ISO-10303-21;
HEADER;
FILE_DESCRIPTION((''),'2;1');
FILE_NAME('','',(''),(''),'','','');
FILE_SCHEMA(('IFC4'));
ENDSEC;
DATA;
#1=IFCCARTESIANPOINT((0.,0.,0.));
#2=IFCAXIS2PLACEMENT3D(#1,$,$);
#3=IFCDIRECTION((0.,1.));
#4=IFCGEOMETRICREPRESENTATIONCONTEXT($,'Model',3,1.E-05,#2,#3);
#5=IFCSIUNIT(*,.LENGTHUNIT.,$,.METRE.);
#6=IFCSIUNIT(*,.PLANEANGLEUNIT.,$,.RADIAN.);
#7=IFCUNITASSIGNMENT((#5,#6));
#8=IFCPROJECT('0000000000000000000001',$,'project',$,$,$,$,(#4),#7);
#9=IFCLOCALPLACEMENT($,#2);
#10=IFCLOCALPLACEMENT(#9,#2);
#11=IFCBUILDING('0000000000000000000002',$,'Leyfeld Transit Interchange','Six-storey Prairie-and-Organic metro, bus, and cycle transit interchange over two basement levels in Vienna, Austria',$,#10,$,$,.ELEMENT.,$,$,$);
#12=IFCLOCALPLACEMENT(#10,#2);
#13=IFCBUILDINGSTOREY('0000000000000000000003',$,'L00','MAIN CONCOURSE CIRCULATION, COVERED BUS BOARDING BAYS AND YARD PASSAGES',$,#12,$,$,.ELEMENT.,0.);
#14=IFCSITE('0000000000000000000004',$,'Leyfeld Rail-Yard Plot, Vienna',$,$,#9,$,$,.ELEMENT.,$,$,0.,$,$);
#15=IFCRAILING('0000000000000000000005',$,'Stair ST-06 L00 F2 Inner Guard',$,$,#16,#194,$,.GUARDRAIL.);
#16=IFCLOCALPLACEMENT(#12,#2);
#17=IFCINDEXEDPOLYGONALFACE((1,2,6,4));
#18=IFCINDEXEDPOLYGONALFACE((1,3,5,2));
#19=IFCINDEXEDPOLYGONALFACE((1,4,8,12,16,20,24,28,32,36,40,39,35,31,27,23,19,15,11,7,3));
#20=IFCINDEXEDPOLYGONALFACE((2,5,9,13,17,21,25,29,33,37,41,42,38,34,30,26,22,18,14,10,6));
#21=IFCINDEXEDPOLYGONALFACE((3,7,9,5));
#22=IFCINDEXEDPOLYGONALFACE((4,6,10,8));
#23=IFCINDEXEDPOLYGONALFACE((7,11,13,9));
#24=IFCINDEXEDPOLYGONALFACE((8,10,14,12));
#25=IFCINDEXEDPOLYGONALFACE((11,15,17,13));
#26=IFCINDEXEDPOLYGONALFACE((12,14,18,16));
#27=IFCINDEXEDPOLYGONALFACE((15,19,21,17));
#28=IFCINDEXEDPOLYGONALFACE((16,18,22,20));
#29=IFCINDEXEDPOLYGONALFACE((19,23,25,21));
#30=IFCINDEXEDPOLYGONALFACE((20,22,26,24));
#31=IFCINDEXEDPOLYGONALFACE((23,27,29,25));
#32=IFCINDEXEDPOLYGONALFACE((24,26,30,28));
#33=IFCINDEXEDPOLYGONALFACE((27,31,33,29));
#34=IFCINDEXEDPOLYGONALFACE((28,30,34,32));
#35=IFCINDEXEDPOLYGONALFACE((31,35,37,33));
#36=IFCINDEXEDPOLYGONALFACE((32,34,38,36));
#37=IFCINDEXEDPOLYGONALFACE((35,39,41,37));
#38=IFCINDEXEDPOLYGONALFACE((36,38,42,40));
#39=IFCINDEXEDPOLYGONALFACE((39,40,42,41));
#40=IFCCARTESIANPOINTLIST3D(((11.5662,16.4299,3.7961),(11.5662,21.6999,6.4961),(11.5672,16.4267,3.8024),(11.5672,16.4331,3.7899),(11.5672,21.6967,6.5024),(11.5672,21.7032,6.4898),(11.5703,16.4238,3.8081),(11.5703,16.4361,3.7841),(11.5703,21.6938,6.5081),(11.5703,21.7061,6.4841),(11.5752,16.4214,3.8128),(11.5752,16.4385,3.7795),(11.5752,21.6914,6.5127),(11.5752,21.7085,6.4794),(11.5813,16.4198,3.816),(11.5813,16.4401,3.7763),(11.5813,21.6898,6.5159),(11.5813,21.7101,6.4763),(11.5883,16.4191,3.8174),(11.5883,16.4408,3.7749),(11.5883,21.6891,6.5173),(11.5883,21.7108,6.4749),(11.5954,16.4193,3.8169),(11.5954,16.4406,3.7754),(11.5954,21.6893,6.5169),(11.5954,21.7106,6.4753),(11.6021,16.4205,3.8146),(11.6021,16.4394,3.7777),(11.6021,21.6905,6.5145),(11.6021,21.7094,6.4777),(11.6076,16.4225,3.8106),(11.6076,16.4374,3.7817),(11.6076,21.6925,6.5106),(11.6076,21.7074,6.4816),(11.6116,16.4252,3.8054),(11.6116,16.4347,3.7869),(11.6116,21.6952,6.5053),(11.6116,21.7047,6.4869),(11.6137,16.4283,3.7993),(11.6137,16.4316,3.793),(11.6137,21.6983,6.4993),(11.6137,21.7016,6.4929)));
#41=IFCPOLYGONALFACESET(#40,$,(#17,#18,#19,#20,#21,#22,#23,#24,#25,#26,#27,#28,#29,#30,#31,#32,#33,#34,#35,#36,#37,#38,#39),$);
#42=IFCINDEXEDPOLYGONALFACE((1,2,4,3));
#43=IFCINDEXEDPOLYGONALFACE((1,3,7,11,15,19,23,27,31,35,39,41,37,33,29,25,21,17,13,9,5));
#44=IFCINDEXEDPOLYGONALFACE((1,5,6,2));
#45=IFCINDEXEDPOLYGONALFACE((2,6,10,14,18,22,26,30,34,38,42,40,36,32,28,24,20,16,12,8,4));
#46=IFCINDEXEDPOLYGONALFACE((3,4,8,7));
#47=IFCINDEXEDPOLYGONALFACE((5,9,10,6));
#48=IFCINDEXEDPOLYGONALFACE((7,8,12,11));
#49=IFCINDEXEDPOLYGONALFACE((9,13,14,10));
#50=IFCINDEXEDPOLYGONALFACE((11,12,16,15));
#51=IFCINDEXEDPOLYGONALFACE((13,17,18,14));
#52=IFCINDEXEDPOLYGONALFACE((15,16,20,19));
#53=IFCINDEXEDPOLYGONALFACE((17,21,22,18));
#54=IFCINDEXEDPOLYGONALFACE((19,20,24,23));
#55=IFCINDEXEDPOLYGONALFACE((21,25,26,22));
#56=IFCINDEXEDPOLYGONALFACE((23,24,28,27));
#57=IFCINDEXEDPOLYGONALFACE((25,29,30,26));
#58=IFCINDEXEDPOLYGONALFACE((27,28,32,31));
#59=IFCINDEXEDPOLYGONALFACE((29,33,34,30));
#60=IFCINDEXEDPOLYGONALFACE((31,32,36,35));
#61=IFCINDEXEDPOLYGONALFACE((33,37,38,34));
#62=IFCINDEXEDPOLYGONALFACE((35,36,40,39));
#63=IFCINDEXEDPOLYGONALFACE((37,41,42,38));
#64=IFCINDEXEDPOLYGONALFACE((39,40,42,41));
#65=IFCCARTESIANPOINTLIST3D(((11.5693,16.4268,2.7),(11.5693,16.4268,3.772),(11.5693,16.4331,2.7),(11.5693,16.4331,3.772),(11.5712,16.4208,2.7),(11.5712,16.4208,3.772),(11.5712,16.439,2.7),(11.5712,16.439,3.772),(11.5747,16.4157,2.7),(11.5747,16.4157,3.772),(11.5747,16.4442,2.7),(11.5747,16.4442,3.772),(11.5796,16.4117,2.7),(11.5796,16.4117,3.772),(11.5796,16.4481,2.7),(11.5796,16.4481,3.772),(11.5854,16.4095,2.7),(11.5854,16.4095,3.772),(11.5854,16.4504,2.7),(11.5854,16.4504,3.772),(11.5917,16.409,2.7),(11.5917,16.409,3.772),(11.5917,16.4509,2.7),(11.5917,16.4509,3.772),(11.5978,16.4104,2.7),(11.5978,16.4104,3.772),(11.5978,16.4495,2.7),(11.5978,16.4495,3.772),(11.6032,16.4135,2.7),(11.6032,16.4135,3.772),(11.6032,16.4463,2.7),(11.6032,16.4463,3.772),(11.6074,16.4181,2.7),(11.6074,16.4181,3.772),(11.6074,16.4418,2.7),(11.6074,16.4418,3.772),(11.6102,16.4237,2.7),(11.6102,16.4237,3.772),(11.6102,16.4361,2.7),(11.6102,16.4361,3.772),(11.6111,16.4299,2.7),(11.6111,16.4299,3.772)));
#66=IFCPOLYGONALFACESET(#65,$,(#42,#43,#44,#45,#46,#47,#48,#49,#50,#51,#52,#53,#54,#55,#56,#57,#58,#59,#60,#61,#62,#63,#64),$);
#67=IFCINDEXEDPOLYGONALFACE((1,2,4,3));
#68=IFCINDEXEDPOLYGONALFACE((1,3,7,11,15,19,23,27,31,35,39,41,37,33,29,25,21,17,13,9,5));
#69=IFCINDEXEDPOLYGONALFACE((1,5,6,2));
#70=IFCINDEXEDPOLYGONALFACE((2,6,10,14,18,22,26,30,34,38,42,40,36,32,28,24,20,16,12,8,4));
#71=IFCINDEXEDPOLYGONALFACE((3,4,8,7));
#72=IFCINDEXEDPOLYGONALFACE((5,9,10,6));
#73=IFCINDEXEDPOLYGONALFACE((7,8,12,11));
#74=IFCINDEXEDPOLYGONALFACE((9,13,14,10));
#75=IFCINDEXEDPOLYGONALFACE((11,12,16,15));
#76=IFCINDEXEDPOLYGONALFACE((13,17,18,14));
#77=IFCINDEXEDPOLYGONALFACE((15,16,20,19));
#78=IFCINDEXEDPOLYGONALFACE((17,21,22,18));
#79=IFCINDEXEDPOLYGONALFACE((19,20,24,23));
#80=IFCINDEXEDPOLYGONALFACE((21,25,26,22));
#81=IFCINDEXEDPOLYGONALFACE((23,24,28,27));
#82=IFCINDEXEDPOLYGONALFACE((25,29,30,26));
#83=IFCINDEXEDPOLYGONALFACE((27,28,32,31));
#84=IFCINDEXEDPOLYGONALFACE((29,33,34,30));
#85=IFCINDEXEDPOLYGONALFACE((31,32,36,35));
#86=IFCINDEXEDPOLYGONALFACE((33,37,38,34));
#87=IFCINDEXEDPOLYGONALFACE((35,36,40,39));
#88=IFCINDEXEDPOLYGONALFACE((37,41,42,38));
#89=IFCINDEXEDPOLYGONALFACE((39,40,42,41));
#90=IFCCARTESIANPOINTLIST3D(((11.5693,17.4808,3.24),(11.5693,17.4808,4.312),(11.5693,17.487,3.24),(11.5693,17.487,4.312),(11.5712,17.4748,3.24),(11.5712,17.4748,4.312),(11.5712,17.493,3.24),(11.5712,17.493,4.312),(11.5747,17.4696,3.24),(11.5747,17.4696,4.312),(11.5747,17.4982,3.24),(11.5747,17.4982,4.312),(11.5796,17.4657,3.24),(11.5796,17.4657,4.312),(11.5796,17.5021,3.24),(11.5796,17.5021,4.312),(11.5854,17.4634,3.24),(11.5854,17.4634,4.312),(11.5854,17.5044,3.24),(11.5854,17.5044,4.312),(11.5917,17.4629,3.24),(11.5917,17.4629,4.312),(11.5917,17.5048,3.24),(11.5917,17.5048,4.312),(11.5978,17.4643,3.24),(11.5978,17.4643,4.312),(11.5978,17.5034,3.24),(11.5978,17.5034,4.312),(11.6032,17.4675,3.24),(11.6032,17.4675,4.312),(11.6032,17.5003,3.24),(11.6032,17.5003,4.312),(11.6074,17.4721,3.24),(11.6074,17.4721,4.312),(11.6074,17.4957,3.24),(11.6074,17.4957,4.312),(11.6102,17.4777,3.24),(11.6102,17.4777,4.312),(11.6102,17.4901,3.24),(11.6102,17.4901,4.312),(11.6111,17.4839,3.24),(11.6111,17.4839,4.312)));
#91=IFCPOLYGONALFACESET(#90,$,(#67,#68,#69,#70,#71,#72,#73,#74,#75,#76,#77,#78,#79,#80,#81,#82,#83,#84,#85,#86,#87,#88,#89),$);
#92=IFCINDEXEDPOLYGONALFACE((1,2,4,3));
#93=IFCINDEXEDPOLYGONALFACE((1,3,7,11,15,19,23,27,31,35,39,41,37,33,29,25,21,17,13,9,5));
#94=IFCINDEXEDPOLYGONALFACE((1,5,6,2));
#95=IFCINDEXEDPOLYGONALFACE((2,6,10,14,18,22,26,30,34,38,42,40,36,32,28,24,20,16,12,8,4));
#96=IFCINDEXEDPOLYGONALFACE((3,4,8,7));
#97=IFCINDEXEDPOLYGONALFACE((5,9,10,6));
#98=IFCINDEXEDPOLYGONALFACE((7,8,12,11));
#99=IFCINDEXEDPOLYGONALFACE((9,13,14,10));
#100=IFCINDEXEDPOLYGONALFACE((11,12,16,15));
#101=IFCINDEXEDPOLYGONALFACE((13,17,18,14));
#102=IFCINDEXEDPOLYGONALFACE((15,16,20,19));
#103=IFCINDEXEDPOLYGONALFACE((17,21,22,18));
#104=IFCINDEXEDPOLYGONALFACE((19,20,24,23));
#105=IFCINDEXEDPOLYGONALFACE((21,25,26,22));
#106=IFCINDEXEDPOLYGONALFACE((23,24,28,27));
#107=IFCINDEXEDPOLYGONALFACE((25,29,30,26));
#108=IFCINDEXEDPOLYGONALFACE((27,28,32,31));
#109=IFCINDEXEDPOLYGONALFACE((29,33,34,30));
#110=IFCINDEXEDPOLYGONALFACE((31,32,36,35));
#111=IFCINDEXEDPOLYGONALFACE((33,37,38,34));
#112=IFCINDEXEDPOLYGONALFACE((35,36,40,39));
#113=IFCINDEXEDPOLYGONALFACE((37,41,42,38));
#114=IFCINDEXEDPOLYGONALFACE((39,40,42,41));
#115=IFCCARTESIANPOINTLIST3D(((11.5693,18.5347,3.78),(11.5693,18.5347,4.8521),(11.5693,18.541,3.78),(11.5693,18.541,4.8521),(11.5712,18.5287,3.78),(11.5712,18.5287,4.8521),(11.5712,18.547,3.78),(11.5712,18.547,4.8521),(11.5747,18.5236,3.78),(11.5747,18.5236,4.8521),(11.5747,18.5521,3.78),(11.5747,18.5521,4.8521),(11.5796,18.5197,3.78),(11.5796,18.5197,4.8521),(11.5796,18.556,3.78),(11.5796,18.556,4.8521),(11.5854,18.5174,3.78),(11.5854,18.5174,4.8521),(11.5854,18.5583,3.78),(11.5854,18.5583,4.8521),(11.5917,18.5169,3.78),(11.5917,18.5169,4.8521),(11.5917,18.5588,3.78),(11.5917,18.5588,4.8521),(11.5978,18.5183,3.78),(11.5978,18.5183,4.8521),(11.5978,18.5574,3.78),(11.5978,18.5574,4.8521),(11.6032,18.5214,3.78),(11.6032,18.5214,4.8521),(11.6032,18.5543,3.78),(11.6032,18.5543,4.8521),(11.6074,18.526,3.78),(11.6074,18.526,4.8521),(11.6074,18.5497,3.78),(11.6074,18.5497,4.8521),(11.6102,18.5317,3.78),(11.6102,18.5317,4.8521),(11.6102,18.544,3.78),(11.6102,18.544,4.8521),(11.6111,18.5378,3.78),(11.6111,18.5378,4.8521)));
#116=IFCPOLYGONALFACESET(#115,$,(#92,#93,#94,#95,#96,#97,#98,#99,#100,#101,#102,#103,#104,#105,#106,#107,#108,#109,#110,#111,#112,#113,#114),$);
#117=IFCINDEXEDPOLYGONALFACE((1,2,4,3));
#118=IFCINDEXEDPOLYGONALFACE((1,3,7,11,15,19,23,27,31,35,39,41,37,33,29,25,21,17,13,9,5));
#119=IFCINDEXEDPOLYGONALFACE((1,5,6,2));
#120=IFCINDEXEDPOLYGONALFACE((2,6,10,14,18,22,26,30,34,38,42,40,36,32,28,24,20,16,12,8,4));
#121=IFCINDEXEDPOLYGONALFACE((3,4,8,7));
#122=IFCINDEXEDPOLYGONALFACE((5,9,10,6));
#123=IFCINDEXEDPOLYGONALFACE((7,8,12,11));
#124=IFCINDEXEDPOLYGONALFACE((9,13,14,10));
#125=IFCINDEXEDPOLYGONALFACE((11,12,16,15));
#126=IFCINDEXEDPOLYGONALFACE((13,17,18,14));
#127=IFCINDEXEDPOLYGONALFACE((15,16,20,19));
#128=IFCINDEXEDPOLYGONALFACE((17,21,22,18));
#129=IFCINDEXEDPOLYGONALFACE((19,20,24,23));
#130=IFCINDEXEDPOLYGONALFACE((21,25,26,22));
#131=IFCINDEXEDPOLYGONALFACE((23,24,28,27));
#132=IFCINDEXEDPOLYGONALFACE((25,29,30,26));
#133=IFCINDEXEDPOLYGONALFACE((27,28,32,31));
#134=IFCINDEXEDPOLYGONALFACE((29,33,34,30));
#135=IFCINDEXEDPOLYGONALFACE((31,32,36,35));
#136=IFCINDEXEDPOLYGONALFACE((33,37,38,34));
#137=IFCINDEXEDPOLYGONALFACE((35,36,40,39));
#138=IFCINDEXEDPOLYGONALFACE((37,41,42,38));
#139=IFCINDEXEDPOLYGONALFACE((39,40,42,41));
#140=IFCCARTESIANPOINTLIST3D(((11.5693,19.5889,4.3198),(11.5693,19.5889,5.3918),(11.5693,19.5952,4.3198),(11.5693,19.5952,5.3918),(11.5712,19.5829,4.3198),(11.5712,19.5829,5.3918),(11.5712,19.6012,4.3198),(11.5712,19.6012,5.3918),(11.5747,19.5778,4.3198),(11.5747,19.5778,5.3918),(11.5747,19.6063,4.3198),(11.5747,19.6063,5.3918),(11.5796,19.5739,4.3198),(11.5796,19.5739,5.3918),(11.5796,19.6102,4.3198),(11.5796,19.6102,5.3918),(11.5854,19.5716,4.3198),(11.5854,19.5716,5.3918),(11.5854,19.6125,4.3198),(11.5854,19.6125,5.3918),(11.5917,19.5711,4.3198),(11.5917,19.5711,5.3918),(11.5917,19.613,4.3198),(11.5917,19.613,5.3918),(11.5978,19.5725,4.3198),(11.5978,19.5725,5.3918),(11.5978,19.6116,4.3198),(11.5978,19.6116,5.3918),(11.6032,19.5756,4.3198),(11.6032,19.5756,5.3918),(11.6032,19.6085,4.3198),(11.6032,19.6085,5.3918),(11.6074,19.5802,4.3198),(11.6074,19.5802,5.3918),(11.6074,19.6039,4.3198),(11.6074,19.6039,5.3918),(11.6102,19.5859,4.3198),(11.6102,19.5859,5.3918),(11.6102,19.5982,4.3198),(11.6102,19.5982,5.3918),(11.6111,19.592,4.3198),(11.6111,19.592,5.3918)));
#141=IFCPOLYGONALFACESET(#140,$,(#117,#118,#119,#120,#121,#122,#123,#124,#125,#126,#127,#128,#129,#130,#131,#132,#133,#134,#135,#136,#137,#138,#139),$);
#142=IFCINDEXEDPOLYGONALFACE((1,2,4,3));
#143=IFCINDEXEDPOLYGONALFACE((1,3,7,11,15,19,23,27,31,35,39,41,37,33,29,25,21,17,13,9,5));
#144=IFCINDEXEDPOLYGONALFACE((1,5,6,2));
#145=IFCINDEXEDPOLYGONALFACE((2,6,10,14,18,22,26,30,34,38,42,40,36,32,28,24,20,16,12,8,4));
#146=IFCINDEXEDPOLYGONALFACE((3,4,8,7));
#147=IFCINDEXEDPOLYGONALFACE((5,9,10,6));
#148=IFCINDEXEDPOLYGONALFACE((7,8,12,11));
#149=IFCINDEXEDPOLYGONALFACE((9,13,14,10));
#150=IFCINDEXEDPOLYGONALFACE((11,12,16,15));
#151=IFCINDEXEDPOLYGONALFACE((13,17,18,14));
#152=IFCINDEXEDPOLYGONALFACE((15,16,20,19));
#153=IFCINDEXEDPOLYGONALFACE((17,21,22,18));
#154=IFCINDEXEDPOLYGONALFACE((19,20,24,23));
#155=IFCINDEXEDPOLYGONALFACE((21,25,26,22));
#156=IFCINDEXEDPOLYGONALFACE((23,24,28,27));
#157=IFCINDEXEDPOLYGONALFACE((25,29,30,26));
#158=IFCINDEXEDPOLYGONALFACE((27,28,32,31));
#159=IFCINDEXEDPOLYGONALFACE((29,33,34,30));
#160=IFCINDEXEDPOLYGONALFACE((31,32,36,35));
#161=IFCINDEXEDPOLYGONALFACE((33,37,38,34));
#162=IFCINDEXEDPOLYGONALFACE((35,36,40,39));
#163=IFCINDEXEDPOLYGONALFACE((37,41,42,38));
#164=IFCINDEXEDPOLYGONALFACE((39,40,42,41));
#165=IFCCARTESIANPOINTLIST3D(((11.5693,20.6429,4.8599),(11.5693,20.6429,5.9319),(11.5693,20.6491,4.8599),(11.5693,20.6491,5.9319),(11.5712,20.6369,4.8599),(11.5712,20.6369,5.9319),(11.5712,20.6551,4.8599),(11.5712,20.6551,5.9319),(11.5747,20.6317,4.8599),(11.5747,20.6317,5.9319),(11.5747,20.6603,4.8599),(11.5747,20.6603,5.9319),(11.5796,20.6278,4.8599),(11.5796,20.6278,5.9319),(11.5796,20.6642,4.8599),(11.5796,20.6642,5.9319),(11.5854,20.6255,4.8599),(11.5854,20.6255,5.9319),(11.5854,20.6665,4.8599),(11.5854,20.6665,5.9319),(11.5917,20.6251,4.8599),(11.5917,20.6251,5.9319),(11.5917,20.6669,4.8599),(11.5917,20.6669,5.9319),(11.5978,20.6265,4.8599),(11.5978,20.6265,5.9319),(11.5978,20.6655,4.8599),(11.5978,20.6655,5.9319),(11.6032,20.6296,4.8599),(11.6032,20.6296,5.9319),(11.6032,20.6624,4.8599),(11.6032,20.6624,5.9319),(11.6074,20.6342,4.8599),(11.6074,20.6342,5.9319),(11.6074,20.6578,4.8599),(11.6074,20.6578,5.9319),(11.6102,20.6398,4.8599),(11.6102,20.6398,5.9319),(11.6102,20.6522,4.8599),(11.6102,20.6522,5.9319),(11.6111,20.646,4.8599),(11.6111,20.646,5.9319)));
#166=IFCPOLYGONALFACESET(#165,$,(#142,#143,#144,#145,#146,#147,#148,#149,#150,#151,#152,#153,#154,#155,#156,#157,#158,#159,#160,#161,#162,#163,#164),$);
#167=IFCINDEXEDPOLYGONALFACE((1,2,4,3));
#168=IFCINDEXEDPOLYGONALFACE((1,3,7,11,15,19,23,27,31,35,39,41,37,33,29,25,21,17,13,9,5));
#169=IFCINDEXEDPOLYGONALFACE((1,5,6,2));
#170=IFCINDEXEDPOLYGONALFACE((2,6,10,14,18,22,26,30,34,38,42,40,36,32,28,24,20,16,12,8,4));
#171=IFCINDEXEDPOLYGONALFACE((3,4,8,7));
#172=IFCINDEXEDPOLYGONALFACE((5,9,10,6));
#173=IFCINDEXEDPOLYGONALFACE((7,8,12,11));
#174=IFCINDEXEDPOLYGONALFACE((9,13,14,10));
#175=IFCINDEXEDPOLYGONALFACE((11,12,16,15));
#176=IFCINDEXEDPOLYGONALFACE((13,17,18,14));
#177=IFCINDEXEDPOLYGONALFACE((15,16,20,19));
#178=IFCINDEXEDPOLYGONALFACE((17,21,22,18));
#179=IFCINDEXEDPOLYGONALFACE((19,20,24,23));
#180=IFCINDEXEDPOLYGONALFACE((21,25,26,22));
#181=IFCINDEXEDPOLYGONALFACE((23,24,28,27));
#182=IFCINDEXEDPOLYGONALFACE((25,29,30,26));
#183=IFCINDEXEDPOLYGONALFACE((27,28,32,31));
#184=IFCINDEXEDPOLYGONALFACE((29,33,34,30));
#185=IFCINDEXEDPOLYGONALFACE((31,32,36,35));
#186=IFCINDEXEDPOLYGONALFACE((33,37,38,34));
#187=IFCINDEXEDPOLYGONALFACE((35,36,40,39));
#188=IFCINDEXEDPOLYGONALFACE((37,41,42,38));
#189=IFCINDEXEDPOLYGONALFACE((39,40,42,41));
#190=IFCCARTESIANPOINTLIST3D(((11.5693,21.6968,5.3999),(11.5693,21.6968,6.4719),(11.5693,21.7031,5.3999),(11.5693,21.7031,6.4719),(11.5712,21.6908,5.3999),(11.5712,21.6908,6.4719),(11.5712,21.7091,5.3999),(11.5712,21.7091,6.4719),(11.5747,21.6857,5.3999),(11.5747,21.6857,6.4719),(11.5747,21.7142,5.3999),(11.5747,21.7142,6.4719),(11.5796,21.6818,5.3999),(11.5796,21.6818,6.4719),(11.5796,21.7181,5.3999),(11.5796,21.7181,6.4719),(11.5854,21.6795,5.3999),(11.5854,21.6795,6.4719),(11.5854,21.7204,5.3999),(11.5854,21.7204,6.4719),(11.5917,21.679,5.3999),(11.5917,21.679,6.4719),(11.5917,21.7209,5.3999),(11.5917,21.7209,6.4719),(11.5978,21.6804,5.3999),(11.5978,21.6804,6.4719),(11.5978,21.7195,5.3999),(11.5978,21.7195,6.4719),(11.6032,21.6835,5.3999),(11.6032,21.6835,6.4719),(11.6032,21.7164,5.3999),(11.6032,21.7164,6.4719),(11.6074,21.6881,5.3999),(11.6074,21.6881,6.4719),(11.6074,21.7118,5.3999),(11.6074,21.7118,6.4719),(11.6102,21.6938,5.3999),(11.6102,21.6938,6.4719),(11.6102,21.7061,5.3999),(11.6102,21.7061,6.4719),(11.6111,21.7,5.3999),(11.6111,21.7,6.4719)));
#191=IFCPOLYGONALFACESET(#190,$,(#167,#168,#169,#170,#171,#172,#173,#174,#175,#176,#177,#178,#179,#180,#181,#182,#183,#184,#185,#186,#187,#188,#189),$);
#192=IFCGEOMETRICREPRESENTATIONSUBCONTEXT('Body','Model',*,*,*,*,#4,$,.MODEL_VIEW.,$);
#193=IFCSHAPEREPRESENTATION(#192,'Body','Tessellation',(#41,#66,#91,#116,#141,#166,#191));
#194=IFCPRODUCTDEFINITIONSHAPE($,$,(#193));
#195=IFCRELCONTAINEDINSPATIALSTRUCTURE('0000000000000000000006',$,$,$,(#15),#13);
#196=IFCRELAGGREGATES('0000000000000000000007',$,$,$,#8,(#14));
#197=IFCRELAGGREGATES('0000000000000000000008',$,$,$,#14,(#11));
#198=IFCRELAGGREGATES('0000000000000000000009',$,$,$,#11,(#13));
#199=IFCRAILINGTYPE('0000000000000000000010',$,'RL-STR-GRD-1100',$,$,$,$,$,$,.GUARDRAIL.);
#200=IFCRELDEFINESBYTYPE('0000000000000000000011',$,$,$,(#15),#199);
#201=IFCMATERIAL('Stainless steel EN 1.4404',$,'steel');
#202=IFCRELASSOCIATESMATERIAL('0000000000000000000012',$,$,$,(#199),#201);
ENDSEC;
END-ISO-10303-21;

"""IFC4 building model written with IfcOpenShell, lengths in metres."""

from ifc_helpers import new_model, si_unit, direction, frame, origin, origin_2d, place, context, subcontext, project, spatial, circle, extrude, material, type_object, element, save


model = new_model("IFC4")

# Units and contexts
model_context = context("Model", 3, precision=1e-05, world=origin(), true_north=direction((0.0, 1.0)))
body_context = subcontext(model_context, "Body", "Model", "MODEL_VIEW")
ifc_project = project(units=[si_unit("LENGTHUNIT", "METRE"), si_unit("PLANEANGLEUNIT", "RADIAN")], contexts=[model_context])

# Site, building, storey
site_placement = place(None, origin())
site = spatial("IfcSite", under=ifc_project, at=site_placement, Name="Leyfeld Rail-Yard Plot, Vienna", CompositionType="ELEMENT", RefElevation=0.0)
building_placement = place(site_placement, origin())
building = spatial("IfcBuilding", under=site, at=building_placement, Name="Leyfeld Transit Interchange", Description="Six-storey Prairie-and-Organic metro, bus, and cycle transit interchange over two basement levels in Vienna, Austria", CompositionType="ELEMENT")
storey_placement = place(building_placement, origin())
storey = spatial("IfcBuildingStorey", under=building, at=storey_placement, Name="L00", Description="MAIN CONCOURSE CIRCULATION, COVERED BUS BOARDING BAYS AND YARD PASSAGES", CompositionType="ELEMENT", Elevation=0.0)

# Railing
ifc_material_1 = material(Name="Stainless steel EN 1.4404", Category="steel")
railing_type = type_object("IfcRailingType", Name="RL-STR-GRD-1100", PredefinedType="GUARDRAIL", material=ifc_material_1)
railing_1_placement = place(storey_placement, frame((11.5901, 16.4299, 2.7)))
element("IfcRailing", 1, at=railing_1_placement, inside=storey, type_object=railing_type, Name="Stair ST-06 L00 F2 Inner Guard", PredefinedType="GUARDRAIL", context=body_context, shape_type="SweptSolid", body=[
    extrude(circle(Radius=0.0239, at=origin_2d()), frame((0.0, 0.0, 1.0962), z_axis=(0.0, 0.889997, 0.455966), x_axis=(-1.0, 0.0, 0.0)), (0.0, 0.0, 1.0), 5.9214),
    extrude(circle(Radius=0.021, at=origin_2d()), origin(), (0.0, 0.0, 1.0), 1.072),
    extrude(circle(Radius=0.021, at=origin_2d()), frame((0.0, 1.054, 0.54)), (0.0, 0.0, 1.0), 1.072),
    extrude(circle(Radius=0.021, at=origin_2d()), frame((0.0, 2.1079, 1.0801)), (0.0, 0.0, 1.0), 1.072),
    extrude(circle(Radius=0.021, at=origin_2d()), frame((0.0, 3.1621, 1.6199)), (0.0, 0.0, 1.0), 1.072),
    extrude(circle(Radius=0.021, at=origin_2d()), frame((0.0, 4.2161, 2.1599)), (0.0, 0.0, 1.0), 1.072),
    extrude(circle(Radius=0.021, at=origin_2d()), frame((0.0, 5.27, 2.7)), (0.0, 0.0, 1.0), 1.072),
])

save(model, "model.ifc")
